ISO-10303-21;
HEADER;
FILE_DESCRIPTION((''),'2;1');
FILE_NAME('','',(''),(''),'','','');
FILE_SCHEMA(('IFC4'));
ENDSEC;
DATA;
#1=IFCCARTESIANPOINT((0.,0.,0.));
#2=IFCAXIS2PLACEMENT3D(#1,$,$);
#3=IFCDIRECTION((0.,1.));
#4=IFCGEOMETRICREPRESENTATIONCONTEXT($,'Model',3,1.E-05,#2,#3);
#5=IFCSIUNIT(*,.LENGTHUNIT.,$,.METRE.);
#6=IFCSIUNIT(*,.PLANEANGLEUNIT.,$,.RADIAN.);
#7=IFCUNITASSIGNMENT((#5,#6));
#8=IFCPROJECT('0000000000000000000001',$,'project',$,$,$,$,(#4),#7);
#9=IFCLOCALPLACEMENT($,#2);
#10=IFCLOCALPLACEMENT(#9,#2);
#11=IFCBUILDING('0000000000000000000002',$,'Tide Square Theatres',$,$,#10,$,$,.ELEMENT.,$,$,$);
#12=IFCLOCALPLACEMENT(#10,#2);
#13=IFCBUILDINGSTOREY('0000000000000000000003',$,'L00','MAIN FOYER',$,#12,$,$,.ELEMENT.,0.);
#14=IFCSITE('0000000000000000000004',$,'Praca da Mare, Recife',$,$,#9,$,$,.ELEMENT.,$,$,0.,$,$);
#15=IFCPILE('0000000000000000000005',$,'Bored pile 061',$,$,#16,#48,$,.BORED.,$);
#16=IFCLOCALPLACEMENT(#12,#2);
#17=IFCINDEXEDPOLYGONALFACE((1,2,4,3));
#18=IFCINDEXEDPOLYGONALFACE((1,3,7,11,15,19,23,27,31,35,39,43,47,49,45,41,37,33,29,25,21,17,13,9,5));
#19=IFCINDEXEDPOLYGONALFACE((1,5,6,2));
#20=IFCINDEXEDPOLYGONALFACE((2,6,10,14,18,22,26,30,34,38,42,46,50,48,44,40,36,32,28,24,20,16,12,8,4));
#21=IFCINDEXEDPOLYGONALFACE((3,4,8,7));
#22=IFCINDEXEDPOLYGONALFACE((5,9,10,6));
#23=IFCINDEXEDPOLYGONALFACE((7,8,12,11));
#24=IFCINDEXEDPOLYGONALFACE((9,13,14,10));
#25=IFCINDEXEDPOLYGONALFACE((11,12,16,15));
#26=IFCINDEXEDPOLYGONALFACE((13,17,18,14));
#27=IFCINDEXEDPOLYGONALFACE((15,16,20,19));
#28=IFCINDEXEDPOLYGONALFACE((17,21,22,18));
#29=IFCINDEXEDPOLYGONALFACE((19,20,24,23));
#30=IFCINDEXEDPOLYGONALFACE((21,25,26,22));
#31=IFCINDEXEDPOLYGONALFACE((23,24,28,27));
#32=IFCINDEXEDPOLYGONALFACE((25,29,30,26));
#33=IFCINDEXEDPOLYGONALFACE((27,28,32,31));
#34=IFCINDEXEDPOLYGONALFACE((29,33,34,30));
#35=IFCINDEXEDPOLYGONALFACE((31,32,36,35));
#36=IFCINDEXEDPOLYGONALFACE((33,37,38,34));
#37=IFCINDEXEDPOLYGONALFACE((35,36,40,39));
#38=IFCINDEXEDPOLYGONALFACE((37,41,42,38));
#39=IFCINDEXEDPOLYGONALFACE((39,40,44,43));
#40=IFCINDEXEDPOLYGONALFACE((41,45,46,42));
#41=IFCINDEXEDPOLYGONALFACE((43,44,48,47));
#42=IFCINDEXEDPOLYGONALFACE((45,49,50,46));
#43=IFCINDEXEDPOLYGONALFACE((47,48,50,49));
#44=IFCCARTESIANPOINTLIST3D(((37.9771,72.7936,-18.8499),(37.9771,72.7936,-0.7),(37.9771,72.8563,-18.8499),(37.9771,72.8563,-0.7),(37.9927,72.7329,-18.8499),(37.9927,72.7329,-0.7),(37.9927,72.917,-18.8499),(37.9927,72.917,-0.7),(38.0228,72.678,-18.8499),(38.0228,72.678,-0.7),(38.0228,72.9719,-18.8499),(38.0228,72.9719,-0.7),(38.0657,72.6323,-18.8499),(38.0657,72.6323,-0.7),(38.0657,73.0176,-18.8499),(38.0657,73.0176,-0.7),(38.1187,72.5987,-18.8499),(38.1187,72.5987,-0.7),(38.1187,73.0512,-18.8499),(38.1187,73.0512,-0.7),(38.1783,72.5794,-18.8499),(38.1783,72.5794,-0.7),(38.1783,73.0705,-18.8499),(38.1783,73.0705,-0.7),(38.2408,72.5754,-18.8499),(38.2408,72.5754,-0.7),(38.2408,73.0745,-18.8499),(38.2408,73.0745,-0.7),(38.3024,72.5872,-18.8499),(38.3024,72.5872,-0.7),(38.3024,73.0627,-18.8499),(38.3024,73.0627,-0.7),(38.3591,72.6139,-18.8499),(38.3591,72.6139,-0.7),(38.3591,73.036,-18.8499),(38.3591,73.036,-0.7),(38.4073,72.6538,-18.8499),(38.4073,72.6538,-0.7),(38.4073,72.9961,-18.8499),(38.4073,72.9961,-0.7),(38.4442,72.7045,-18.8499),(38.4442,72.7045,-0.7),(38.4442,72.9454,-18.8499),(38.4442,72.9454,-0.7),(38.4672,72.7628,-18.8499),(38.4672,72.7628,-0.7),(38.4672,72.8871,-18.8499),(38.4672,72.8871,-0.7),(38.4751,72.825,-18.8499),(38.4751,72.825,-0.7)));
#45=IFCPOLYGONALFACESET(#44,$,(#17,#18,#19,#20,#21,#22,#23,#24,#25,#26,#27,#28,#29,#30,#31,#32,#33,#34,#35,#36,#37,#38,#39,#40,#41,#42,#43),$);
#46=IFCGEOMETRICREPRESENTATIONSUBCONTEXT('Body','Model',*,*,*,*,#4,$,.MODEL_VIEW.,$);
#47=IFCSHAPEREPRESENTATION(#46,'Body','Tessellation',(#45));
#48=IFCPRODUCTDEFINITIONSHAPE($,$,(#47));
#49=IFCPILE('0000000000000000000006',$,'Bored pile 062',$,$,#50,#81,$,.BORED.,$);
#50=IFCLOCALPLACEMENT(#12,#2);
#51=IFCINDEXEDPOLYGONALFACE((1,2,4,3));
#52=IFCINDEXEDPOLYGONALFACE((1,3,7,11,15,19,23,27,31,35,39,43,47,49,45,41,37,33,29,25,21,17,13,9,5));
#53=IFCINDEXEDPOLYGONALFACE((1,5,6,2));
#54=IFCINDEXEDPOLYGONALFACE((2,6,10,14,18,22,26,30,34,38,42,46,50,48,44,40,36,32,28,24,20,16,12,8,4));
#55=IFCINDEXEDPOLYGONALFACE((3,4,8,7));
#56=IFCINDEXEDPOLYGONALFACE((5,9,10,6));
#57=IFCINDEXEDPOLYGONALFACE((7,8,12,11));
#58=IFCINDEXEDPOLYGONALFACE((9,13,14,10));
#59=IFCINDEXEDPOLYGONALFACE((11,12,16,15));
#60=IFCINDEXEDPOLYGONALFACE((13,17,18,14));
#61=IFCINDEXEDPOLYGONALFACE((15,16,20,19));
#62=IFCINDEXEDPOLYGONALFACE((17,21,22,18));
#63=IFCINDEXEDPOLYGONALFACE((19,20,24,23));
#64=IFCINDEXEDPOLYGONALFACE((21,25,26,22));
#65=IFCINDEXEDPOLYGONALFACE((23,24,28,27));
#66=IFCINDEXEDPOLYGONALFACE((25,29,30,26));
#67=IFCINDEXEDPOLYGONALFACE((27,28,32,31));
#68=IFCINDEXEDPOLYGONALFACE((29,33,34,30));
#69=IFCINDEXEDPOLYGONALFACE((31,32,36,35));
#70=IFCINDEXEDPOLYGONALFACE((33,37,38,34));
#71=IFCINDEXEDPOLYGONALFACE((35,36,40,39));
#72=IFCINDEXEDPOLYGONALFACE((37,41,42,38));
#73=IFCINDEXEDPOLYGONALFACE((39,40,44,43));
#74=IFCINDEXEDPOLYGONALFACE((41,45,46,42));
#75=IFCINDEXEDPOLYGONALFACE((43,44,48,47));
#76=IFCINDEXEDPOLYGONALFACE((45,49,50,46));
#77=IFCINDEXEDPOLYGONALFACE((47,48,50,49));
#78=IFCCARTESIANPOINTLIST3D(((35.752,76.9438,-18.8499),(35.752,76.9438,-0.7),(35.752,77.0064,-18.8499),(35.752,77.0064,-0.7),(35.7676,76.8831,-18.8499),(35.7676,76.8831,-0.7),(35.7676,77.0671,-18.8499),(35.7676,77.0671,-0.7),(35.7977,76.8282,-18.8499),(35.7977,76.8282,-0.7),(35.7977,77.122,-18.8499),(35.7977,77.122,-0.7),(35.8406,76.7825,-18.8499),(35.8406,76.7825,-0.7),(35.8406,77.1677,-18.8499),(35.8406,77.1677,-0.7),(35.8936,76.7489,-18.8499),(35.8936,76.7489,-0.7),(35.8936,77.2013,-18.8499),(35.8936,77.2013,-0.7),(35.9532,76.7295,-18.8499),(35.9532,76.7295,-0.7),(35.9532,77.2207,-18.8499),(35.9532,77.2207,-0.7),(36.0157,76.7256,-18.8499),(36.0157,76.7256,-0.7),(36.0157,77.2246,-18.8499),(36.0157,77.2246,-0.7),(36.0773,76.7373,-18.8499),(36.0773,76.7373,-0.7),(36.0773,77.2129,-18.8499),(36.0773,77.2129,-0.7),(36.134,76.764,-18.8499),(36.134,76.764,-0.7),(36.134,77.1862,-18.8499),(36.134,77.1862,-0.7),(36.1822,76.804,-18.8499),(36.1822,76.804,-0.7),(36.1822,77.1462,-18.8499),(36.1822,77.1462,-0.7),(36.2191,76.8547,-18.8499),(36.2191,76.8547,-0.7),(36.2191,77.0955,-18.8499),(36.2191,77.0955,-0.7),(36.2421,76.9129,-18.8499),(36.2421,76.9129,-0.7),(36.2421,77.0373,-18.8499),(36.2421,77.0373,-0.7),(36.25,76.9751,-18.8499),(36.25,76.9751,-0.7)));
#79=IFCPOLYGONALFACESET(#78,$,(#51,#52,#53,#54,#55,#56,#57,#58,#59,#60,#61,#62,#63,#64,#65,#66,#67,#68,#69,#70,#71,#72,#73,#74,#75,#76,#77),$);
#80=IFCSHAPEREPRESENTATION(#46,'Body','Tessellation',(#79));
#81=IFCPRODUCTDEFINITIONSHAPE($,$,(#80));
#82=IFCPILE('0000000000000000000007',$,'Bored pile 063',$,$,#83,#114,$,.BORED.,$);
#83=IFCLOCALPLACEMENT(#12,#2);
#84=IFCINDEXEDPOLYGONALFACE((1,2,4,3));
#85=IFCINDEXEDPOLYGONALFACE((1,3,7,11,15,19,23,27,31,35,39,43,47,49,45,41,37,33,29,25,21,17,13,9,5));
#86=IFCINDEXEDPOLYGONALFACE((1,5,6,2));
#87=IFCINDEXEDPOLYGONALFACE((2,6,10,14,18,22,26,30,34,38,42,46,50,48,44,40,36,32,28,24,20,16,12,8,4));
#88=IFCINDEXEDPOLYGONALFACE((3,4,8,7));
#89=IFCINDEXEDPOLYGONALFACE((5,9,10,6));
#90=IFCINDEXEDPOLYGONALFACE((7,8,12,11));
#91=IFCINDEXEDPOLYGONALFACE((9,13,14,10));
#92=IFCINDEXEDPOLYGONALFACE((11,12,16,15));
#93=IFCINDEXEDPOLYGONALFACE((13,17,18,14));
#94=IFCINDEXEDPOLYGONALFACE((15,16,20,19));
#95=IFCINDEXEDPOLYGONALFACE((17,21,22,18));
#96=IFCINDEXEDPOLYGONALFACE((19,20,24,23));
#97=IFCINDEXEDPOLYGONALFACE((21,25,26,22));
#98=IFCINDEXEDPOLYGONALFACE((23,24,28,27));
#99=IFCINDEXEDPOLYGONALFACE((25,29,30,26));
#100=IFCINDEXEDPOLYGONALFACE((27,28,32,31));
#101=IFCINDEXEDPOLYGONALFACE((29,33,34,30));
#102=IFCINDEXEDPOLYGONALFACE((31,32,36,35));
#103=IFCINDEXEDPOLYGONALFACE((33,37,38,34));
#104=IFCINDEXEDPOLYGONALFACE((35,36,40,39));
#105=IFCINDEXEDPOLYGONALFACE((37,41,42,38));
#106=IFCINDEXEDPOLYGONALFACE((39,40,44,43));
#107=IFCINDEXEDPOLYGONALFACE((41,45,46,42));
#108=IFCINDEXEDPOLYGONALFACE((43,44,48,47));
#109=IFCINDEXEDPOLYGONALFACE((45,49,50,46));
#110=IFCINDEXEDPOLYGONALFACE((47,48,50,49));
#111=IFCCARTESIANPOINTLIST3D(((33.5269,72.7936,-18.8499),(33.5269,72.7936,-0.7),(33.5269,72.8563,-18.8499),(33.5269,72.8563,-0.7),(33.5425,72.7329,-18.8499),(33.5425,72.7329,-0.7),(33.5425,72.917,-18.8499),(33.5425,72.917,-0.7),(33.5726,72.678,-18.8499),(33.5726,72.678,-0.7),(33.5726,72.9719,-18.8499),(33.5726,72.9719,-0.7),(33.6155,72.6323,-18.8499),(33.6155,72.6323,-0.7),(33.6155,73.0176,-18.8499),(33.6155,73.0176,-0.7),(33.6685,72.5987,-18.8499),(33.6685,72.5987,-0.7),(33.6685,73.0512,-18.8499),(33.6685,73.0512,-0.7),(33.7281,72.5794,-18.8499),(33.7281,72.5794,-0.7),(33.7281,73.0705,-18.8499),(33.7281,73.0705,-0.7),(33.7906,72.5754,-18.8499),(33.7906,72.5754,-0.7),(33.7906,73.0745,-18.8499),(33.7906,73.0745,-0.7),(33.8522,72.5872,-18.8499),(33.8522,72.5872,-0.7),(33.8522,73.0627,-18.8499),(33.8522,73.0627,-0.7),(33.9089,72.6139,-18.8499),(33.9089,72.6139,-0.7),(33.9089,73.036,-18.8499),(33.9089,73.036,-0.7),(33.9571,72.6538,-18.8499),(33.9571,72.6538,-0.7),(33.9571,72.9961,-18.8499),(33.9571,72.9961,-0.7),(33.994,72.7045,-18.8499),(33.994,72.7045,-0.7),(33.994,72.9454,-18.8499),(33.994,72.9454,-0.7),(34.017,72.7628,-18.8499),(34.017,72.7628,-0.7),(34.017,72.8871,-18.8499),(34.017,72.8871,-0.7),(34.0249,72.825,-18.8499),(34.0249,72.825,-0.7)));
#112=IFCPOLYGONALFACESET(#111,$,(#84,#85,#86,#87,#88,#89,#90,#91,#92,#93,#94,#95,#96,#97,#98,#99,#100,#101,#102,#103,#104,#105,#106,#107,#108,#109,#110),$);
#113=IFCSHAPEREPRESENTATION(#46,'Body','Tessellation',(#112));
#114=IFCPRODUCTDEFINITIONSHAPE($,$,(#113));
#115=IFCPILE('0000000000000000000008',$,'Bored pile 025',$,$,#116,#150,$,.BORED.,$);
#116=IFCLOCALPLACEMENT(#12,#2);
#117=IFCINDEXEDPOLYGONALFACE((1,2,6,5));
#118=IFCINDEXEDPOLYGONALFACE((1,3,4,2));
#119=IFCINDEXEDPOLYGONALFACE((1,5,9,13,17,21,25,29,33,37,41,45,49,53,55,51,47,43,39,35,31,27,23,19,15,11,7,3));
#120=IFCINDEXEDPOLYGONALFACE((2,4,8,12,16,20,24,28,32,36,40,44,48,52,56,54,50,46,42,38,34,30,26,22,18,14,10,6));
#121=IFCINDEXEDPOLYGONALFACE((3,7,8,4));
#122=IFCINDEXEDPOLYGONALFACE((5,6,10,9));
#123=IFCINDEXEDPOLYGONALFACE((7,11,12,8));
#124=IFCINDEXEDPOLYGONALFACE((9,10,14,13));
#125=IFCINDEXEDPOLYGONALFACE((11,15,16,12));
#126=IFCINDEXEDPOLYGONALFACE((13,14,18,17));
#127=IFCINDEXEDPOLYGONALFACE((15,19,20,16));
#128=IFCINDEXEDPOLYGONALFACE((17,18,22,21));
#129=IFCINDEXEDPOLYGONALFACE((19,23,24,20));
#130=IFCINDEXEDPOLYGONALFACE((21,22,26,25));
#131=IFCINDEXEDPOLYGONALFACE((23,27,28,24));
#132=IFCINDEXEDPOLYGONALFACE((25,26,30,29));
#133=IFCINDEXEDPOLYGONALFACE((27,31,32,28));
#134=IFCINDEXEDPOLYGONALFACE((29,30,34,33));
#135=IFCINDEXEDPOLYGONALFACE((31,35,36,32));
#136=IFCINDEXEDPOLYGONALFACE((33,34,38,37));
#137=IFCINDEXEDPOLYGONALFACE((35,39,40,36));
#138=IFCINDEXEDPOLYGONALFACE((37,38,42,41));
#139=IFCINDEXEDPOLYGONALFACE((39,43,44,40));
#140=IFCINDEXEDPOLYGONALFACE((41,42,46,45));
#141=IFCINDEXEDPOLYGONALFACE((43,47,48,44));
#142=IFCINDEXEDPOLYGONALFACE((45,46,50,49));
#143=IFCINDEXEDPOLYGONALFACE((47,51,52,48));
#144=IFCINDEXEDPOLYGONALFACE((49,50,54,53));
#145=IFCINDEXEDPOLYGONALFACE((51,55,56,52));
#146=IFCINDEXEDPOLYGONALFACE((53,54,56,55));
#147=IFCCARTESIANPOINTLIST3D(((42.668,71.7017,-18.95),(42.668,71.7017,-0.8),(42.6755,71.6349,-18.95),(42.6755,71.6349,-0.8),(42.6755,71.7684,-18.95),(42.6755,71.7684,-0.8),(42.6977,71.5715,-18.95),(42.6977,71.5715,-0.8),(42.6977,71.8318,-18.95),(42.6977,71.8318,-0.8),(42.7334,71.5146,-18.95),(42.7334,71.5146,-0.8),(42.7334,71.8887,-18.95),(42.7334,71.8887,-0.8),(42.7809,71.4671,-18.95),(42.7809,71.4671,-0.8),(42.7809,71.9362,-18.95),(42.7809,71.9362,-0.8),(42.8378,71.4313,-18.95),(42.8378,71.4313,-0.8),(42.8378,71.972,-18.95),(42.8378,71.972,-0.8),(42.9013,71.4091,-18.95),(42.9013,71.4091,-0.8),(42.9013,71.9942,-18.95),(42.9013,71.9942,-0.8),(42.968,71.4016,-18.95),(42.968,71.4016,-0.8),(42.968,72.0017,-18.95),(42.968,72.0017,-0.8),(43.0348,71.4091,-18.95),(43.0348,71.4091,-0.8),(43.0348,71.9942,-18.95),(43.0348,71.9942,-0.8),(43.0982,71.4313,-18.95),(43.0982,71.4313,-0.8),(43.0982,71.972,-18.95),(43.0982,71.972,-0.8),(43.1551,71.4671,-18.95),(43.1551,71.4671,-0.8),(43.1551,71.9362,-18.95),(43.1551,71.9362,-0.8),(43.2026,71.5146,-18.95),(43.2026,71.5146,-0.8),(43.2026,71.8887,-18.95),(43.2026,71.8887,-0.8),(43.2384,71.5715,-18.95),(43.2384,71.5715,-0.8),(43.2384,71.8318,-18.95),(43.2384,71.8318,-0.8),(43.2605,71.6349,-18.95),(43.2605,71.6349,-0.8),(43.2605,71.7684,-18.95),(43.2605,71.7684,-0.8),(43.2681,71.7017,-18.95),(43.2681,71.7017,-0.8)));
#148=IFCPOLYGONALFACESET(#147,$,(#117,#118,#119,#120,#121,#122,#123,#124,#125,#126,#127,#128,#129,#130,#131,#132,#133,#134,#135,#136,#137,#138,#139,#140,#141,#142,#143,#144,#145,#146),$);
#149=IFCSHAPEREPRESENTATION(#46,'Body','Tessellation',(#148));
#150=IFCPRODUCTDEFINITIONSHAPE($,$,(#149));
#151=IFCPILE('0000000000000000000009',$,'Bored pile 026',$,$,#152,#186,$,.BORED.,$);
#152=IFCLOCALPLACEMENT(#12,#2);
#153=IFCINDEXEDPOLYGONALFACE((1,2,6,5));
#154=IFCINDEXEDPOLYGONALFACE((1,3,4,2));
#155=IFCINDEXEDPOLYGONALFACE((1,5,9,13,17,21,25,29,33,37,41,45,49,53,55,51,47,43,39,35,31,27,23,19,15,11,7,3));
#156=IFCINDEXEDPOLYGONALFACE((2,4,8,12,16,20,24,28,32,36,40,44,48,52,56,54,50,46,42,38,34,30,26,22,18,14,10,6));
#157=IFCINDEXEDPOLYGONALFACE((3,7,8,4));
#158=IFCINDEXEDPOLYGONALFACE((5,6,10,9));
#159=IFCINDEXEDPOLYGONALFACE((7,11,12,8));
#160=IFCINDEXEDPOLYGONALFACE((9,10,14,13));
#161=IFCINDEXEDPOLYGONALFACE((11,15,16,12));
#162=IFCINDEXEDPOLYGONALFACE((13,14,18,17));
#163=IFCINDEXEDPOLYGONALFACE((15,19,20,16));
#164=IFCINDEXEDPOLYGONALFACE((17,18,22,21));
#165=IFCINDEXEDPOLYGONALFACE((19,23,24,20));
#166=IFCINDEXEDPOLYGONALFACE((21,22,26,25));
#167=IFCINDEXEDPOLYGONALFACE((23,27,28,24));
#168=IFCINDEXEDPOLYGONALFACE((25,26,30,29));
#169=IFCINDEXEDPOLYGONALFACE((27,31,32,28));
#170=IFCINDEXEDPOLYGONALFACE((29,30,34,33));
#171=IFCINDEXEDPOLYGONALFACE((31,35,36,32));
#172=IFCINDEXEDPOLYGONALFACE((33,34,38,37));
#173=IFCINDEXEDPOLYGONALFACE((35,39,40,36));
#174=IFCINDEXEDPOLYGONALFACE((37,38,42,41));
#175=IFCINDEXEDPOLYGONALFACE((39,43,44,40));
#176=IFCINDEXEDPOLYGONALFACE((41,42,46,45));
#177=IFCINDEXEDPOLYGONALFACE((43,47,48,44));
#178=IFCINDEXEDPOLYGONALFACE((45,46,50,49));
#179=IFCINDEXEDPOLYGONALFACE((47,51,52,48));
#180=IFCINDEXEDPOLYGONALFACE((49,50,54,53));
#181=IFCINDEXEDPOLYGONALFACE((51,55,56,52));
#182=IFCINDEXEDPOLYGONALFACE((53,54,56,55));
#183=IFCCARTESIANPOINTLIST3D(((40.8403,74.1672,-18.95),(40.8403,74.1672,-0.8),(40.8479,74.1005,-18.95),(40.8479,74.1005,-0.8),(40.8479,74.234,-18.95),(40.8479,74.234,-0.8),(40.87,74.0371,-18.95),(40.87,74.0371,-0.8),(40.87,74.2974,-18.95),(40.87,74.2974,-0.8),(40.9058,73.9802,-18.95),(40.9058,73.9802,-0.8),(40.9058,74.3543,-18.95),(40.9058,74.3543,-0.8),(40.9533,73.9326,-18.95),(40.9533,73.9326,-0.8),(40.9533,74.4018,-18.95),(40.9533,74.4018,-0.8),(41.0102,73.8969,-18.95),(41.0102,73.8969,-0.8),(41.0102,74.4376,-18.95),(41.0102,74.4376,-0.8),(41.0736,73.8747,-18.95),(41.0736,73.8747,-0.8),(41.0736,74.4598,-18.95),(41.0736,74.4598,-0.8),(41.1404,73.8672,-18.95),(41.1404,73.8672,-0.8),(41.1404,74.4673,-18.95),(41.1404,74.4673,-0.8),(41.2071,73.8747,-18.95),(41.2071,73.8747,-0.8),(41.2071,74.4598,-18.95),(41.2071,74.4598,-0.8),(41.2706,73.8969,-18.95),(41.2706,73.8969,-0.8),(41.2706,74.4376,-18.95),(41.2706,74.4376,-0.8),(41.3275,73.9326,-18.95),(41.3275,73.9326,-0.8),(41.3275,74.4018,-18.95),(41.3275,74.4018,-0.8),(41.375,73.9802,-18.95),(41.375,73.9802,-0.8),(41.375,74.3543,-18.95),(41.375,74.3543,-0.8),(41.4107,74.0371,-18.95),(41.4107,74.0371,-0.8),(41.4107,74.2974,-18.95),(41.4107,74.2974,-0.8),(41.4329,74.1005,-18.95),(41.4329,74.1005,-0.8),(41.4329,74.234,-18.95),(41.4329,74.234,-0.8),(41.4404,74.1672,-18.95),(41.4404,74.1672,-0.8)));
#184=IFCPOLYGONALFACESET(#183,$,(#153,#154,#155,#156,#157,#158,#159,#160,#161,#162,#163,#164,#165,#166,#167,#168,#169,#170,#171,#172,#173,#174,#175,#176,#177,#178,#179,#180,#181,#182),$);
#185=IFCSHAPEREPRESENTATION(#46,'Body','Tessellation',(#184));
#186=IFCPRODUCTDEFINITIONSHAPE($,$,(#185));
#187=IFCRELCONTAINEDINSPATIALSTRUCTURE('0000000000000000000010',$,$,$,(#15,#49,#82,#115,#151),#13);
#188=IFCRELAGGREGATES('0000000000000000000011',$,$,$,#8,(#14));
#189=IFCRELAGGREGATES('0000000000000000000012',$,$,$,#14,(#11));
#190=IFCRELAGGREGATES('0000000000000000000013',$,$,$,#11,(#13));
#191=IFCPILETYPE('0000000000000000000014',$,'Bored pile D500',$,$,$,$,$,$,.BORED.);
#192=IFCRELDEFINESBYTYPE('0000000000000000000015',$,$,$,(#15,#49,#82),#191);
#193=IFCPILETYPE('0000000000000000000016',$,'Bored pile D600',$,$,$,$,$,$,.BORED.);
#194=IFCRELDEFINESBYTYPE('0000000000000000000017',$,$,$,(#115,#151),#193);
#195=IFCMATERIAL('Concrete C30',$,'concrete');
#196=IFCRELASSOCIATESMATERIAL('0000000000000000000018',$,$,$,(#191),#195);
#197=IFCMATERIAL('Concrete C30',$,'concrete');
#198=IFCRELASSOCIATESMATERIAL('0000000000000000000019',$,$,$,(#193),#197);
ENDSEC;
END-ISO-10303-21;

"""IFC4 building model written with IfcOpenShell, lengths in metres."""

from ifc_helpers import new_model, si_unit, direction, frame, origin, origin_2d, place, context, subcontext, project, spatial, circle, extrude, material, material_profile, profile_set, type_object, element, save


model = new_model("IFC4")

# Units and contexts
model_context = context("Model", 3, precision=1e-05, world=origin(), true_north=direction((0.0, 1.0)))
body_context = subcontext(model_context, "Body", "Model", "MODEL_VIEW")
ifc_project = project(units=[si_unit("LENGTHUNIT", "METRE"), si_unit("PLANEANGLEUNIT", "RADIAN")], contexts=[model_context])

# Site, building, storey
site_placement = place(None, origin())
site = spatial("IfcSite", under=ifc_project, at=site_placement, Name="Praca da Mare, Recife", CompositionType="ELEMENT", RefElevation=0.0)
building_placement = place(site_placement, origin())
building = spatial("IfcBuilding", under=site, at=building_placement, Name="Tide Square Theatres", CompositionType="ELEMENT")
storey_placement = place(building_placement, origin())
storey = spatial("IfcBuildingStorey", under=building, at=storey_placement, Name="L00", Description="MAIN FOYER", CompositionType="ELEMENT", Elevation=0.0)

# Piles
ifc_material_1 = material(Name="Concrete C30", Category="concrete")
ifc_material_profile_1 = material_profile(ifc_material_1, circle(Radius=0.25, at=origin_2d()))
ifc_profile_set_1 = profile_set([ifc_material_profile_1], Name="Concrete C30")
pile_type_1 = type_object("IfcPileType", Name="Bored pile D500", PredefinedType="BORED", material=ifc_profile_set_1)
for number, where, z_axis, x_axis, name in (
    (1, (38.2251, 72.825, -0.7), (0.0, 0.0, -1.0), (1.0, 0.0, 0.0), "Bored pile 061"),
    (2, (36.0, 76.9751, -0.7), (0.0, 0.0, -1.0), (1.0, 0.0, 0.0), "Bored pile 062"),
    (3, (33.7749, 72.825, -0.7), (0.0, 0.0, -1.0), (1.0, 0.0, 0.0), "Bored pile 063"),
):
    element("IfcPile", number, at=place(storey_placement, frame(where, z_axis=z_axis, x_axis=x_axis)), inside=storey, type_object=pile_type_1, Name=name, PredefinedType="BORED", context=body_context, shape_type="SweptSolid", body=[
        extrude(circle(Radius=0.25, at=origin_2d()), origin(), (0.0, 0.0, 1.0), 18.1499),
    ])
ifc_material_2 = material(Name="Concrete C30", Category="concrete")
ifc_material_profile_2 = material_profile(ifc_material_2, circle(Radius=0.3, at=origin_2d()))
ifc_profile_set_2 = profile_set([ifc_material_profile_2], Name="Concrete C30")
pile_type_2 = type_object("IfcPileType", Name="Bored pile D600", PredefinedType="BORED", material=ifc_profile_set_2)
for number, where, z_axis, x_axis, name in (
    (4, (42.968, 71.7017, -0.8), (0.0, 0.0, -1.0), (1.0, 0.0, 0.0), "Bored pile 025"),
    (5, (41.1404, 74.1672, -0.8), (0.0, 0.0, -1.0), (1.0, 0.0, 0.0), "Bored pile 026"),
):
    element("IfcPile", number, at=place(storey_placement, frame(where, z_axis=z_axis, x_axis=x_axis)), inside=storey, type_object=pile_type_2, Name=name, PredefinedType="BORED", context=body_context, shape_type="SweptSolid", body=[
        extrude(circle(Radius=0.3, at=origin_2d()), origin(), (0.0, 0.0, 1.0), 18.1499),
    ])

save(model, "model.ifc")
